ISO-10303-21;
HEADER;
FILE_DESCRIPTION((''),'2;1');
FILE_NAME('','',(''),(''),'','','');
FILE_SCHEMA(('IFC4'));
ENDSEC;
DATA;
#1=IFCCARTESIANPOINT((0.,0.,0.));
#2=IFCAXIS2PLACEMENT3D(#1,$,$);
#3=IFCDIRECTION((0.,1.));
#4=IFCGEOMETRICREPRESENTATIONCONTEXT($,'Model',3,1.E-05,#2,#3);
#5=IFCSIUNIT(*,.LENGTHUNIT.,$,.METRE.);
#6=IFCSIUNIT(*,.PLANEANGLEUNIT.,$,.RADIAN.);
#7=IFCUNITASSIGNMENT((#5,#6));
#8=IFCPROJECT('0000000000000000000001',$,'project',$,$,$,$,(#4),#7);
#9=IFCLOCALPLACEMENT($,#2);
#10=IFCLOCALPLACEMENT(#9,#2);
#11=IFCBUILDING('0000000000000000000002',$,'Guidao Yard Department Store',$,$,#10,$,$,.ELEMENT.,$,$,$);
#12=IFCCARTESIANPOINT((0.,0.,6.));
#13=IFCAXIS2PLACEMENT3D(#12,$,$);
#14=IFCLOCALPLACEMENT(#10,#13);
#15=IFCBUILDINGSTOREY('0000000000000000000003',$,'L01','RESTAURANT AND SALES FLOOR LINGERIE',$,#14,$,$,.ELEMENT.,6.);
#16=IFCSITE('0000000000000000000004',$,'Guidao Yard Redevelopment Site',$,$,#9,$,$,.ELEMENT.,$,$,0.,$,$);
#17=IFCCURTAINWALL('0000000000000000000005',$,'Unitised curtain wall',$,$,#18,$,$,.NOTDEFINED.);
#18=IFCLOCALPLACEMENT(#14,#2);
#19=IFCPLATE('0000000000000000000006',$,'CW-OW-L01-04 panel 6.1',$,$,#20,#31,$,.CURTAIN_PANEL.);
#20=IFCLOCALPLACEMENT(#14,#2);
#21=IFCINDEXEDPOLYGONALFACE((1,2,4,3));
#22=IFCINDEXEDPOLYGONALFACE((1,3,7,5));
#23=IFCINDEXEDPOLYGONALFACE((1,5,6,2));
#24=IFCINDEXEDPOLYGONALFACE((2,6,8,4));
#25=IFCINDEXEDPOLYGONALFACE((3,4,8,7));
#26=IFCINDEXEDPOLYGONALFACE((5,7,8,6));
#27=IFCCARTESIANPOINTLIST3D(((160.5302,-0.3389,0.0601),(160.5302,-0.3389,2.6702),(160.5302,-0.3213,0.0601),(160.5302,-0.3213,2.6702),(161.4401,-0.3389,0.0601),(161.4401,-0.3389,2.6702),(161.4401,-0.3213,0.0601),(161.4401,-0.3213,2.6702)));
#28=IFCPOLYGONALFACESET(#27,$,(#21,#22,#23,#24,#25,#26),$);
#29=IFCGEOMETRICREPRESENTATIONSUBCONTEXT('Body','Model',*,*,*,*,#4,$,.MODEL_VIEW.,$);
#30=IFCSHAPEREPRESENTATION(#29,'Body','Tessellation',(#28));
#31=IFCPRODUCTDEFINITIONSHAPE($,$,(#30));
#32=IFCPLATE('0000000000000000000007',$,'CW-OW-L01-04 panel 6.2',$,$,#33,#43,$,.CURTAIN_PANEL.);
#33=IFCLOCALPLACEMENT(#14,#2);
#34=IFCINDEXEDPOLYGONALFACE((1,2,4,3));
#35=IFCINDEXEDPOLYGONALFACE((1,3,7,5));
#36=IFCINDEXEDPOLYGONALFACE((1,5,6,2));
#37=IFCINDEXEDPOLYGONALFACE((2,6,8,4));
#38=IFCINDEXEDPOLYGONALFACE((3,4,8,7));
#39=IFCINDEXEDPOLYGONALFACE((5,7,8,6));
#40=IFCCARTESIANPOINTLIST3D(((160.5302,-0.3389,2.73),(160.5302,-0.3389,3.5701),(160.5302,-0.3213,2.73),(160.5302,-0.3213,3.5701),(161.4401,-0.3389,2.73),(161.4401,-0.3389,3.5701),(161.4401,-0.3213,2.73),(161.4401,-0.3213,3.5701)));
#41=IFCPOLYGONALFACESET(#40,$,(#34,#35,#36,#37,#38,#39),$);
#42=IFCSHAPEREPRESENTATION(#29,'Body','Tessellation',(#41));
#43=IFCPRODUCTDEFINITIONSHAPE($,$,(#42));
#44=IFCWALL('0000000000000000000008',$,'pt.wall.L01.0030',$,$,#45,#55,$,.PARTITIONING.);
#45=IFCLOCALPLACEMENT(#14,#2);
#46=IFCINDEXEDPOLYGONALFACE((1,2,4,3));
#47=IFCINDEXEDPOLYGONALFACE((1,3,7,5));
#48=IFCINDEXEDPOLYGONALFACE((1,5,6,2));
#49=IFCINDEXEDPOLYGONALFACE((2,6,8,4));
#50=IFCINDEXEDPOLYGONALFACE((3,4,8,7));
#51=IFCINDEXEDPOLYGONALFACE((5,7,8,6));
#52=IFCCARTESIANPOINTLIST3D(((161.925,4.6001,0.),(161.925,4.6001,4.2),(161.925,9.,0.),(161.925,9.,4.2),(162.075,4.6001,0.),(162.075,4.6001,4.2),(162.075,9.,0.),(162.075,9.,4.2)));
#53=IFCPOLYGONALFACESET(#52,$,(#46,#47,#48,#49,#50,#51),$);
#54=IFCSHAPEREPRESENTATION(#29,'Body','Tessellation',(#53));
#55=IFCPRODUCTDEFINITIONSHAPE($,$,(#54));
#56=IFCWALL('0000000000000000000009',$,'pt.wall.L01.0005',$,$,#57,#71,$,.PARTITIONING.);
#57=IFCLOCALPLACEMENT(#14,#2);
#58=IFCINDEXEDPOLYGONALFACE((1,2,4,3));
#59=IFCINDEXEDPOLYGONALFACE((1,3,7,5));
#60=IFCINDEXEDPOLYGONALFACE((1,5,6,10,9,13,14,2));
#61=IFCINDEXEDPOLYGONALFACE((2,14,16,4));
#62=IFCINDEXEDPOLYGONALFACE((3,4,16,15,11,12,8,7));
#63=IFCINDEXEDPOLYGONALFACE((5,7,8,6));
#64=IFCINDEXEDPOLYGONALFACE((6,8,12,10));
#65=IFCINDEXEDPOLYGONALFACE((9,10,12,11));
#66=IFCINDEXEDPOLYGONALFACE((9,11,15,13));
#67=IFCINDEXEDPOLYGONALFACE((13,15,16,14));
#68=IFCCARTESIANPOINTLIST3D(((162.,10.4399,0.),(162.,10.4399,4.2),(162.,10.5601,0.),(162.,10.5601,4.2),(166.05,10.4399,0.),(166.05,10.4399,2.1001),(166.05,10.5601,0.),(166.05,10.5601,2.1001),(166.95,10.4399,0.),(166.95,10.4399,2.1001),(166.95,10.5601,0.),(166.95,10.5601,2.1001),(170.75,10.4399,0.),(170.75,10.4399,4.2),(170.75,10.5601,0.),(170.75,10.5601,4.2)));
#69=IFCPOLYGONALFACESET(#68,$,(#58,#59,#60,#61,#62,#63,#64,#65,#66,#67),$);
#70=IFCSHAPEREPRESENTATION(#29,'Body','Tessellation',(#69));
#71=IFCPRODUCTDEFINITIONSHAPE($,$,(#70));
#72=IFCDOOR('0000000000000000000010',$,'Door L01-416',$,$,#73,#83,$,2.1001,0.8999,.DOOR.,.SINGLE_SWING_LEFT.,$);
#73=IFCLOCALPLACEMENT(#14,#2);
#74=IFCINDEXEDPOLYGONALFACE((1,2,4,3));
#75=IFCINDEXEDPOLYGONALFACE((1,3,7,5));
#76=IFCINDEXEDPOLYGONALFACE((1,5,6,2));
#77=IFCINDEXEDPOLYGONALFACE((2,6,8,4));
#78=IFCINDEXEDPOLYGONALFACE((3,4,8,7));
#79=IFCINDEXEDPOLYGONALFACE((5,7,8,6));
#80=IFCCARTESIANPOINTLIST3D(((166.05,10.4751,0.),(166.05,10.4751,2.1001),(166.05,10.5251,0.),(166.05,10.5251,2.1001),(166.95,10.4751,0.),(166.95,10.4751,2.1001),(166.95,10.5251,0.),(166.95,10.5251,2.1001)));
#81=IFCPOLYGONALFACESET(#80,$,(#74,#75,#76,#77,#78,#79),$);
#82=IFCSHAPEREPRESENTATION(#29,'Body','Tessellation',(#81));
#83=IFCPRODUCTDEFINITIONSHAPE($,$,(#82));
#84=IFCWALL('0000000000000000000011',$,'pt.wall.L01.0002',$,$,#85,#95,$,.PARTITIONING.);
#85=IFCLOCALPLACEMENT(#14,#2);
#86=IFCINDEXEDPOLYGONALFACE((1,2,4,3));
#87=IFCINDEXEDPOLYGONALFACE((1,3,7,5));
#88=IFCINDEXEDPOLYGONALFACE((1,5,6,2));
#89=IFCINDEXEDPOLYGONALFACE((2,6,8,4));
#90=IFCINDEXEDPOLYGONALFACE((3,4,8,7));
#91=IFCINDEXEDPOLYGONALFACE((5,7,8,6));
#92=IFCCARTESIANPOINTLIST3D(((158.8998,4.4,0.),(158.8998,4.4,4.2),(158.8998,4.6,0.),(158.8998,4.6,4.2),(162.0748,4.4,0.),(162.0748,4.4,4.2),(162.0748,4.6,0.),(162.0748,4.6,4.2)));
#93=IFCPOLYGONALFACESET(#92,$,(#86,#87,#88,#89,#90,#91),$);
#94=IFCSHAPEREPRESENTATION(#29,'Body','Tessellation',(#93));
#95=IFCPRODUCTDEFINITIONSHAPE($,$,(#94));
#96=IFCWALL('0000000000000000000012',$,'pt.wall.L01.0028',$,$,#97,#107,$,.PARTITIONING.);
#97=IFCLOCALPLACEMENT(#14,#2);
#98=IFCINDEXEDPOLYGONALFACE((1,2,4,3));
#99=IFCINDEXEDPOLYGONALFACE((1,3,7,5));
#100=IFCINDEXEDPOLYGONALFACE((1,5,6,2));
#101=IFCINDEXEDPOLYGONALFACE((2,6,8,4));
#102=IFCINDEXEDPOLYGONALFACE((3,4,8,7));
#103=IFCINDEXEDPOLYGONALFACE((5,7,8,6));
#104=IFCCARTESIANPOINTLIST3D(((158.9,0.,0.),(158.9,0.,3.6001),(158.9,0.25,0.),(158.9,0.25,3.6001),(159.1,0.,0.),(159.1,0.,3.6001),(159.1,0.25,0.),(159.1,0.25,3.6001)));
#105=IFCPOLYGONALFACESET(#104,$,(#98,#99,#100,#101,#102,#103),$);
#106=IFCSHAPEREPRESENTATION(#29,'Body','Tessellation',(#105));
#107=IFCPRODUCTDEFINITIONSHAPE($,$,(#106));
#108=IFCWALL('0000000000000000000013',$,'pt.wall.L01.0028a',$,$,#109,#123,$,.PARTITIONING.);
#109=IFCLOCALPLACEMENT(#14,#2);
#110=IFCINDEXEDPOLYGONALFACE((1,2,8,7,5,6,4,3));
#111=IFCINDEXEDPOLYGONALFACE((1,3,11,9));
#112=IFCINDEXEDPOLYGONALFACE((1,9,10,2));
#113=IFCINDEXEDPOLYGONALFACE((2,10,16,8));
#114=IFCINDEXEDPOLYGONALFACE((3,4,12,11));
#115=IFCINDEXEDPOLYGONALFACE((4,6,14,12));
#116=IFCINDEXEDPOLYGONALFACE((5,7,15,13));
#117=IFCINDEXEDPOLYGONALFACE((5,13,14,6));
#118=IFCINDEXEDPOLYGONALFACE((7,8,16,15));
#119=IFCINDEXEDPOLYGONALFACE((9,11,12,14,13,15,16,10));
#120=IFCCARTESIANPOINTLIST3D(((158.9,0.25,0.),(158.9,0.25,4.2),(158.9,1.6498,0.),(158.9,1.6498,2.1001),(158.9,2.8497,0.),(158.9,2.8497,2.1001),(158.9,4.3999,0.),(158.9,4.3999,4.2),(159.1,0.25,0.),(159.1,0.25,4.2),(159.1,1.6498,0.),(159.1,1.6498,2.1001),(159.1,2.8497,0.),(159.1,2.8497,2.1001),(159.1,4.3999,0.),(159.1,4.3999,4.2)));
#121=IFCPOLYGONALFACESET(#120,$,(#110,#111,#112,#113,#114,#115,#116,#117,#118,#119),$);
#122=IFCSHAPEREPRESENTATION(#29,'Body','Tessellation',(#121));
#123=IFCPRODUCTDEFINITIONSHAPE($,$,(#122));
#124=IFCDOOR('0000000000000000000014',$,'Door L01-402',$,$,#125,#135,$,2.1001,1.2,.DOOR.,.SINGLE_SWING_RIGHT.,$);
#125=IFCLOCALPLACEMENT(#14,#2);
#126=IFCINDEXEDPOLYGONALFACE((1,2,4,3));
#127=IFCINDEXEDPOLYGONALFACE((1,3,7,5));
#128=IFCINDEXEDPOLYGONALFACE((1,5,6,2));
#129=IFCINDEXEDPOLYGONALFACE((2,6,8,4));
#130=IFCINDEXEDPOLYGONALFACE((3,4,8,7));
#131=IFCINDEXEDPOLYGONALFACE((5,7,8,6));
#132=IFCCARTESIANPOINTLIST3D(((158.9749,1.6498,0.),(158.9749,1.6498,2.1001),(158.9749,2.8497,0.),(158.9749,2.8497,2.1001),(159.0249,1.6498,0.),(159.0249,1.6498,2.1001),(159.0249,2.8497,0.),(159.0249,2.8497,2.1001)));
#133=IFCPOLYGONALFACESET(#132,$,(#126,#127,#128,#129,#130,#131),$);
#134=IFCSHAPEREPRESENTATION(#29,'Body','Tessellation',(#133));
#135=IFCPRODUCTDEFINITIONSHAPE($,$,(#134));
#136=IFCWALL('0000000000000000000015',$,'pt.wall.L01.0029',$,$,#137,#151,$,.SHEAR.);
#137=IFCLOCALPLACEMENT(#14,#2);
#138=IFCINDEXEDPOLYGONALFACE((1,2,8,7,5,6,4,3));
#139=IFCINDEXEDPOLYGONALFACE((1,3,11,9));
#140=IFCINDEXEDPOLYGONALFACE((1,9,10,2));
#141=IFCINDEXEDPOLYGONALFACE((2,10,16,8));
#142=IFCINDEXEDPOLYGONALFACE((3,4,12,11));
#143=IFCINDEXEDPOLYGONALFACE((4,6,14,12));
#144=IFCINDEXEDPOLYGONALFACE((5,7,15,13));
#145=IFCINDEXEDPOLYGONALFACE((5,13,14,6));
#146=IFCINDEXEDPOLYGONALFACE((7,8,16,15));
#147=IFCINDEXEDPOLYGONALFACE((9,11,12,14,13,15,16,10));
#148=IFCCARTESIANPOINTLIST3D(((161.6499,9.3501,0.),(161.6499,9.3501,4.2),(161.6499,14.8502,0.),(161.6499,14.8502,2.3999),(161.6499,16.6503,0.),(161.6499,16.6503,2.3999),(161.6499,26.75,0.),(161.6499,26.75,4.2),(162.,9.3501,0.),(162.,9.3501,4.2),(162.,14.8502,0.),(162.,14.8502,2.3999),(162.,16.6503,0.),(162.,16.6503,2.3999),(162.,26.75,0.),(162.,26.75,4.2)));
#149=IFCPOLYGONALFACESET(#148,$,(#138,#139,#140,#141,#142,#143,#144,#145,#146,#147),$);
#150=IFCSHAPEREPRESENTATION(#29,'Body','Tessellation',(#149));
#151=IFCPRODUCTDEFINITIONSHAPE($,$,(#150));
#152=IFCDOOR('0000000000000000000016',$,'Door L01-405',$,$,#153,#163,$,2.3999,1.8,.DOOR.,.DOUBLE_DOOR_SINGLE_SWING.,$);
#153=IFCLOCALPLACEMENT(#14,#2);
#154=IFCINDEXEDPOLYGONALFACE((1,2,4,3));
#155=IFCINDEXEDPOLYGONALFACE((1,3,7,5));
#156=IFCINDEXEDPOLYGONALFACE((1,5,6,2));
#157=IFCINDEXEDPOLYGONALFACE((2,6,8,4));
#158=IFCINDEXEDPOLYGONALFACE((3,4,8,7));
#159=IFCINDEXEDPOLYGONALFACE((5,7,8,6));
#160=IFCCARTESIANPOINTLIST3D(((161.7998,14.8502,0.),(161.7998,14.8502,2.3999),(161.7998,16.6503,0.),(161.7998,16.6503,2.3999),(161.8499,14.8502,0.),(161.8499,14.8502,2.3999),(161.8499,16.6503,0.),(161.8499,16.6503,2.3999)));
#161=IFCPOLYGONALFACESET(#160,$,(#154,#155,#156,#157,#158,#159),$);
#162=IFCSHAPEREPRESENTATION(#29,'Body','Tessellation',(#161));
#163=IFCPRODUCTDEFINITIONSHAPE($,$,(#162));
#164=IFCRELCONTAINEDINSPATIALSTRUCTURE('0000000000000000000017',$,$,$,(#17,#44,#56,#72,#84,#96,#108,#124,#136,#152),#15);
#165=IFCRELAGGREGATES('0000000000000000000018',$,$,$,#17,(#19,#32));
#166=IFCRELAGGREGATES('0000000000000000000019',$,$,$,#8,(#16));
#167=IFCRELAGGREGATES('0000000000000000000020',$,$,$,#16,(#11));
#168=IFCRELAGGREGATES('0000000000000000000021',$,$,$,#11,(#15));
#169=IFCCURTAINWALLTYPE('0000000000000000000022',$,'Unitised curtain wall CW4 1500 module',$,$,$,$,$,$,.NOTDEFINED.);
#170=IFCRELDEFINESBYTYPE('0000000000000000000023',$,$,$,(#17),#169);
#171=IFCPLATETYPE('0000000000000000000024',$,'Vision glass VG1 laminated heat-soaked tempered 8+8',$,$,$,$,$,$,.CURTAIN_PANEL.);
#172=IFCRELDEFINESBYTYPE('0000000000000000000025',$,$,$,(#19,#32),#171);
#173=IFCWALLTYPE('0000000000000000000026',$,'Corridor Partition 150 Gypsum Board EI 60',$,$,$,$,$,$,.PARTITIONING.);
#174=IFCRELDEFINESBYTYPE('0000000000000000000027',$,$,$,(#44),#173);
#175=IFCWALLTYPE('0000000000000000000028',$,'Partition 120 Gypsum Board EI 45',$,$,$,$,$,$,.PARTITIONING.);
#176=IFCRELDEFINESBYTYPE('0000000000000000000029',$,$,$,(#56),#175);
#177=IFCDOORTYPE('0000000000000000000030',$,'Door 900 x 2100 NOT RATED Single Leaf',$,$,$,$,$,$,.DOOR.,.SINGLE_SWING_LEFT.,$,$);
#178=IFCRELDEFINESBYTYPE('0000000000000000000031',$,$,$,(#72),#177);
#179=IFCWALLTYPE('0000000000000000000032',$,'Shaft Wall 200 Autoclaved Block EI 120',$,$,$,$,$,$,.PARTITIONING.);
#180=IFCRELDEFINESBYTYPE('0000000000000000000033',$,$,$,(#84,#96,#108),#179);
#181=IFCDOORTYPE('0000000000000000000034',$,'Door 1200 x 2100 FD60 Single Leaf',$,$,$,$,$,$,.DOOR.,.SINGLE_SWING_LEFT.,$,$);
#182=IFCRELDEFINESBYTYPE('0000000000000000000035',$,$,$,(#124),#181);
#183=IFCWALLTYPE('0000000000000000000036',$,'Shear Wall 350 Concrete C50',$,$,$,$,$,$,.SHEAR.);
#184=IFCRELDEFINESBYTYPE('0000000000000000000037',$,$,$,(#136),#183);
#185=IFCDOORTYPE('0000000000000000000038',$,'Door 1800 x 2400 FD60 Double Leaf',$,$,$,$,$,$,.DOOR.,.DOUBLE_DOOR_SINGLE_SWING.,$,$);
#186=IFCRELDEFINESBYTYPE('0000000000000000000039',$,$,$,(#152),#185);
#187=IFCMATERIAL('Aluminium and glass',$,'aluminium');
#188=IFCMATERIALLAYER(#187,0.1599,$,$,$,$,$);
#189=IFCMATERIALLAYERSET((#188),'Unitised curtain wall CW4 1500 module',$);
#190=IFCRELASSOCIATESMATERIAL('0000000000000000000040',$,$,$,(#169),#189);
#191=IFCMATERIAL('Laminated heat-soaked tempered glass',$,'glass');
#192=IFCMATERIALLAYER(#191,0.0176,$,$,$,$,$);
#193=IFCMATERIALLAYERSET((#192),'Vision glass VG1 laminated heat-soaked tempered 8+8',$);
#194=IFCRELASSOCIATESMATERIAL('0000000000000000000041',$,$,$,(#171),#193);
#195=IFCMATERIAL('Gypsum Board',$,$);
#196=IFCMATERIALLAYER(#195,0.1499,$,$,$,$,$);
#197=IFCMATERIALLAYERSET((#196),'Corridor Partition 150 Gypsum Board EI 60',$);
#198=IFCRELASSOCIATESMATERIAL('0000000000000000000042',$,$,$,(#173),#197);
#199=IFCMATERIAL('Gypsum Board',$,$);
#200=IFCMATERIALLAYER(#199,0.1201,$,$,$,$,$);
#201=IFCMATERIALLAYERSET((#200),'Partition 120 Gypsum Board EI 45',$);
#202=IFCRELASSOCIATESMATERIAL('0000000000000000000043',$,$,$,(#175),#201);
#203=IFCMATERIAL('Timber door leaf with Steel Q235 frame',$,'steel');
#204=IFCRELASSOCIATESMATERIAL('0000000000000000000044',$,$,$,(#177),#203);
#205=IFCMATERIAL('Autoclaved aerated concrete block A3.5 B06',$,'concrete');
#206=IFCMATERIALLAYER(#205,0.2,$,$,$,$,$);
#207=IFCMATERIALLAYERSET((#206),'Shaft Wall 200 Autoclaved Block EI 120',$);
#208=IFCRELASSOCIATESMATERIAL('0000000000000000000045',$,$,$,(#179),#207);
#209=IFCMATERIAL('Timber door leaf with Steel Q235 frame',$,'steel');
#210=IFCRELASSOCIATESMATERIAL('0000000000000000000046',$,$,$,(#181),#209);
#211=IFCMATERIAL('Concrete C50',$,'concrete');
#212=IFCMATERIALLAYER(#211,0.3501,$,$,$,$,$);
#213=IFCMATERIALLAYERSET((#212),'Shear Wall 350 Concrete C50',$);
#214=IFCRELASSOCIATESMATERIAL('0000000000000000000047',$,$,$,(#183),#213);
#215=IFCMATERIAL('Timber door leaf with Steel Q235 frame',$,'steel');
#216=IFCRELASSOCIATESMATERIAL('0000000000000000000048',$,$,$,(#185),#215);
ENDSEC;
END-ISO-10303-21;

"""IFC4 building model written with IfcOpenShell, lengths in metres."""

from ifc_helpers import new_model, si_unit, direction, frame, frame_2d, origin, origin_2d, place, context, subcontext, project, spatial, rectangle, extrude, material, layer, layer_set, type_object, element, fill, aggregate, save


model = new_model("IFC4")

# Units and contexts
model_context = context("Model", 3, precision=1e-05, world=origin(), true_north=direction((0.0, 1.0)))
body_context = subcontext(model_context, "Body", "Model", "MODEL_VIEW")
ifc_project = project(units=[si_unit("LENGTHUNIT", "METRE"), si_unit("PLANEANGLEUNIT", "RADIAN")], contexts=[model_context])

# Site, building, storey
site_placement = place(None, origin())
site = spatial("IfcSite", under=ifc_project, at=site_placement, Name="Guidao Yard Redevelopment Site", CompositionType="ELEMENT", RefElevation=0.0)
building_placement = place(site_placement, origin())
building = spatial("IfcBuilding", under=site, at=building_placement, Name="Guidao Yard Department Store", CompositionType="ELEMENT")
storey_placement = place(building_placement, frame((0.0, 0.0, 6.0)))
storey = spatial("IfcBuildingStorey", under=building, at=storey_placement, Name="L01", Description="RESTAURANT AND SALES FLOOR LINGERIE", CompositionType="ELEMENT", Elevation=6.0)

# Curtain wall, plates
ifc_material_1 = material(Name="Aluminium and glass", Category="aluminium")
ifc_layer_1 = layer(ifc_material_1, 0.1599)
ifc_layer_set_1 = layer_set([ifc_layer_1], Name="Unitised curtain wall CW4 1500 module")
curtain_wall_type = type_object("IfcCurtainWallType", Name="Unitised curtain wall CW4 1500 module", PredefinedType="NOTDEFINED", material=ifc_layer_set_1)
curtain_wall_placement = place(storey_placement, origin())
curtain_wall = element("IfcCurtainWall", 1, at=curtain_wall_placement, inside=storey, type_object=curtain_wall_type, Name="Unitised curtain wall", PredefinedType="NOTDEFINED")
ifc_material_2 = material(Name="Laminated heat-soaked tempered glass", Category="glass")
ifc_layer_2 = layer(ifc_material_2, 0.0176)
ifc_layer_set_2 = layer_set([ifc_layer_2], Name="Vision glass VG1 laminated heat-soaked tempered 8+8")
plate_type_1 = type_object("IfcPlateType", Name="Vision glass VG1 laminated heat-soaked tempered 8+8", PredefinedType="CURTAIN_PANEL", material=ifc_layer_set_2)
plate_1_placement = place(storey_placement, frame((160.9851, -0.3301, 0.0601), z_axis=(0.0, 0.0, 1.0), x_axis=(-1.0, 0.0, 0.0)))
plate_1 = element("IfcPlate", 2, at=plate_1_placement, type_object=plate_type_1, Name="CW-OW-L01-04 panel 6.1", PredefinedType="CURTAIN_PANEL", context=body_context, shape_type="SweptSolid", body=[
    extrude(rectangle(XDim=0.9099, YDim=0.0176, at=origin_2d()), origin(), (0.0, 0.0, 1.0), 2.6101),
])
plate_2_placement = place(storey_placement, frame((160.9851, -0.3301, 2.73), z_axis=(0.0, 0.0, 1.0), x_axis=(-1.0, 0.0, 0.0)))
plate_2 = element("IfcPlate", 3, at=plate_2_placement, type_object=plate_type_1, Name="CW-OW-L01-04 panel 6.2", PredefinedType="CURTAIN_PANEL", context=body_context, shape_type="SweptSolid", body=[
    extrude(rectangle(XDim=0.9099, YDim=0.0176, at=origin_2d()), origin(), (0.0, 0.0, 1.0), 0.8401),
])
aggregate(curtain_wall, [plate_1, plate_2])

# Wall
ifc_material_3 = material(Name="Gypsum Board")
ifc_layer_3 = layer(ifc_material_3, 0.1499)
ifc_layer_set_3 = layer_set([ifc_layer_3], Name="Corridor Partition 150 Gypsum Board EI 60")
wall_type_1 = type_object("IfcWallType", Name="Corridor Partition 150 Gypsum Board EI 60", PredefinedType="PARTITIONING", material=ifc_layer_set_3)
wall_1_placement = place(storey_placement, frame((162.0, 4.6001, 0.0), z_axis=(0.0, 0.0, 1.0), x_axis=(0.0, 1.0, 0.0)))
element("IfcWall", 4, at=wall_1_placement, inside=storey, type_object=wall_type_1, Name="pt.wall.L01.0030", PredefinedType="PARTITIONING", context=body_context, shape_type="SweptSolid", body=[
    extrude(rectangle(XDim=4.3999, YDim=0.1499, at=frame_2d((2.2, 0.0))), origin(), (0.0, 0.0, 1.0), 4.2),
])

# Wall, opening, door
ifc_material_4 = material(Name="Gypsum Board")
ifc_layer_4 = layer(ifc_material_4, 0.1201)
ifc_layer_set_4 = layer_set([ifc_layer_4], Name="Partition 120 Gypsum Board EI 45")
wall_type_2 = type_object("IfcWallType", Name="Partition 120 Gypsum Board EI 45", PredefinedType="PARTITIONING", material=ifc_layer_set_4)
wall_2_placement = place(storey_placement, frame((162.0, 10.5, 0.0), z_axis=(0.0, 0.0, 1.0), x_axis=(1.0, 0.0, 0.0)))
wall_2 = element("IfcWall", 5, at=wall_2_placement, inside=storey, type_object=wall_type_2, Name="pt.wall.L01.0005", PredefinedType="PARTITIONING", context=body_context, shape_type="SweptSolid", body=[
    extrude(rectangle(XDim=8.75, YDim=0.1201, at=frame_2d((4.375, 0.0))), origin(), (0.0, 0.0, 1.0), 4.2),
])
opening_1_placement = place(wall_2_placement, frame((4.95, 0.0, 0.0), z_axis=(0.0, 0.0, 1.0), x_axis=(-1.0, 0.0, 0.0)))
opening_1 = element("IfcOpeningElement", 6, at=opening_1_placement, cuts=wall_2, PredefinedType="OPENING", context=body_context, shape_type="SweptSolid", body=[
    extrude(rectangle(XDim=0.8999, YDim=2.1001, at=frame_2d((0.45, 1.05))), frame((0.0, 0.0701, 0.0), z_axis=(0.0, -1.0, 0.0), x_axis=(1.0, 0.0, 0.0)), (0.0, 0.0, 1.0), 0.1401),
])
ifc_material_5 = material(Name="Timber door leaf with Steel Q235 frame", Category="steel")
door_type_1 = type_object("IfcDoorType", Name="Door 900 x 2100 NOT RATED Single Leaf", OperationType="SINGLE_SWING_LEFT", PredefinedType="DOOR", material=ifc_material_5)
door_1_placement = place(opening_1_placement, origin())
door_1 = element("IfcDoor", 7, at=door_1_placement, inside=storey, type_object=door_type_1, Name="Door L01-416", OperationType="SINGLE_SWING_LEFT", OverallHeight=2.1001, OverallWidth=0.8999, PredefinedType="DOOR", context=body_context, shape_type="SweptSolid", body=[
    extrude(rectangle(XDim=0.8999, YDim=2.1001, at=frame_2d((0.45, 1.05))), frame((0.0, 0.0249, 0.0), z_axis=(0.0, -1.0, 0.0), x_axis=(1.0, 0.0, 0.0)), (0.0, 0.0, 1.0), 0.05),
])
fill(opening_1, door_1)

# Walls
ifc_material_6 = material(Name="Autoclaved aerated concrete block A3.5 B06", Category="concrete")
ifc_layer_5 = layer(ifc_material_6, 0.2)
ifc_layer_set_5 = layer_set([ifc_layer_5], Name="Shaft Wall 200 Autoclaved Block EI 120")
wall_type_3 = type_object("IfcWallType", Name="Shaft Wall 200 Autoclaved Block EI 120", PredefinedType="PARTITIONING", material=ifc_layer_set_5)
wall_3_placement = place(storey_placement, frame((158.8999, 4.5, 0.0), z_axis=(0.0, 0.0, 1.0), x_axis=(1.0, 0.0, 0.0)))
element("IfcWall", 8, at=wall_3_placement, inside=storey, type_object=wall_type_3, Name="pt.wall.L01.0002", PredefinedType="PARTITIONING", context=body_context, shape_type="SweptSolid", body=[
    extrude(rectangle(XDim=3.175, YDim=0.2, at=frame_2d((1.5874, 0.0))), origin(), (0.0, 0.0, 1.0), 4.2),
])
wall_4_placement = place(storey_placement, frame((159.0, 0.0, 0.0), z_axis=(0.0, 0.0, 1.0), x_axis=(0.0, 1.0, 0.0)))
element("IfcWall", 9, at=wall_4_placement, inside=storey, type_object=wall_type_3, Name="pt.wall.L01.0028", PredefinedType="PARTITIONING", context=body_context, shape_type="SweptSolid", body=[
    extrude(rectangle(XDim=0.25, YDim=0.2, at=frame_2d((0.125, 0.0))), origin(), (0.0, 0.0, 1.0), 3.6001),
])

# Walls, openings, doors
wall_5_placement = place(storey_placement, frame((159.0, 0.25, 0.0), z_axis=(0.0, 0.0, 1.0), x_axis=(0.0, 1.0, 0.0)))
wall_5 = element("IfcWall", 10, at=wall_5_placement, inside=storey, type_object=wall_type_3, Name="pt.wall.L01.0028a", PredefinedType="PARTITIONING", context=body_context, shape_type="SweptSolid", body=[
    extrude(rectangle(XDim=4.1499, YDim=0.2, at=frame_2d((2.075, 0.0))), origin(), (0.0, 0.0, 1.0), 4.2),
])
opening_2_placement = place(wall_5_placement, frame((2.5999, 0.0, 0.0), z_axis=(0.0, 0.0, 1.0), x_axis=(-1.0, 0.0, 0.0)))
opening_2 = element("IfcOpeningElement", 11, at=opening_2_placement, cuts=wall_5, PredefinedType="OPENING", context=body_context, shape_type="SweptSolid", body=[
    extrude(rectangle(XDim=1.2, YDim=2.1001, at=frame_2d((0.6001, 1.05))), frame((0.0, 0.1099, 0.0), z_axis=(0.0, -1.0, 0.0), x_axis=(1.0, 0.0, 0.0)), (0.0, 0.0, 1.0), 0.22),
])
ifc_material_7 = material(Name="Timber door leaf with Steel Q235 frame", Category="steel")
door_type_2 = type_object("IfcDoorType", Name="Door 1200 x 2100 FD60 Single Leaf", OperationType="SINGLE_SWING_LEFT", PredefinedType="DOOR", material=ifc_material_7)
door_2_placement = place(opening_2_placement, origin())
door_2 = element("IfcDoor", 12, at=door_2_placement, inside=storey, type_object=door_type_2, Name="Door L01-402", OperationType="SINGLE_SWING_RIGHT", OverallHeight=2.1001, OverallWidth=1.2, PredefinedType="DOOR", context=body_context, shape_type="SweptSolid", body=[
    extrude(rectangle(XDim=1.2, YDim=2.1001, at=frame_2d((0.6001, 1.05))), frame((0.0, 0.0249, 0.0), z_axis=(0.0, -1.0, 0.0), x_axis=(1.0, 0.0, 0.0)), (0.0, 0.0, 1.0), 0.05),
])
fill(opening_2, door_2)
ifc_material_8 = material(Name="Concrete C50", Category="concrete")
ifc_layer_6 = layer(ifc_material_8, 0.3501)
ifc_layer_set_6 = layer_set([ifc_layer_6], Name="Shear Wall 350 Concrete C50")
wall_type_4 = type_object("IfcWallType", Name="Shear Wall 350 Concrete C50", PredefinedType="SHEAR", material=ifc_layer_set_6)
wall_6_placement = place(storey_placement, frame((161.825, 9.3501, 0.0), z_axis=(0.0, 0.0, 1.0), x_axis=(0.0, 1.0, 0.0)))
wall_6 = element("IfcWall", 13, at=wall_6_placement, inside=storey, type_object=wall_type_4, Name="pt.wall.L01.0029", PredefinedType="SHEAR", context=body_context, shape_type="SweptSolid", body=[
    extrude(rectangle(XDim=17.3999, YDim=0.3501, at=frame_2d((8.7, 0.0))), origin(), (0.0, 0.0, 1.0), 4.2),
])
opening_3_placement = place(wall_6_placement, frame((7.3, 0.0, 0.0), z_axis=(0.0, 0.0, 1.0), x_axis=(-1.0, 0.0, 0.0)))
opening_3 = element("IfcOpeningElement", 14, at=opening_3_placement, cuts=wall_6, PredefinedType="OPENING", context=body_context, shape_type="SweptSolid", body=[
    extrude(rectangle(XDim=1.8, YDim=2.3999, at=frame_2d((0.8999, 1.2))), frame((0.0, 0.1851, 0.0), z_axis=(0.0, -1.0, 0.0), x_axis=(1.0, 0.0, 0.0)), (0.0, 0.0, 1.0), 0.3701),
])
ifc_material_9 = material(Name="Timber door leaf with Steel Q235 frame", Category="steel")
door_type_3 = type_object("IfcDoorType", Name="Door 1800 x 2400 FD60 Double Leaf", OperationType="DOUBLE_DOOR_SINGLE_SWING", PredefinedType="DOOR", material=ifc_material_9)
door_3_placement = place(opening_3_placement, origin())
door_3 = element("IfcDoor", 15, at=door_3_placement, inside=storey, type_object=door_type_3, Name="Door L01-405", OperationType="DOUBLE_DOOR_SINGLE_SWING", OverallHeight=2.3999, OverallWidth=1.8, PredefinedType="DOOR", context=body_context, shape_type="SweptSolid", body=[
    extrude(rectangle(XDim=1.8, YDim=2.3999, at=frame_2d((0.8999, 1.2))), frame((0.0, 0.0249, 0.0), z_axis=(0.0, -1.0, 0.0), x_axis=(1.0, 0.0, 0.0)), (0.0, 0.0, 1.0), 0.05),
])
fill(opening_3, door_3)

save(model, "model.ifc")
